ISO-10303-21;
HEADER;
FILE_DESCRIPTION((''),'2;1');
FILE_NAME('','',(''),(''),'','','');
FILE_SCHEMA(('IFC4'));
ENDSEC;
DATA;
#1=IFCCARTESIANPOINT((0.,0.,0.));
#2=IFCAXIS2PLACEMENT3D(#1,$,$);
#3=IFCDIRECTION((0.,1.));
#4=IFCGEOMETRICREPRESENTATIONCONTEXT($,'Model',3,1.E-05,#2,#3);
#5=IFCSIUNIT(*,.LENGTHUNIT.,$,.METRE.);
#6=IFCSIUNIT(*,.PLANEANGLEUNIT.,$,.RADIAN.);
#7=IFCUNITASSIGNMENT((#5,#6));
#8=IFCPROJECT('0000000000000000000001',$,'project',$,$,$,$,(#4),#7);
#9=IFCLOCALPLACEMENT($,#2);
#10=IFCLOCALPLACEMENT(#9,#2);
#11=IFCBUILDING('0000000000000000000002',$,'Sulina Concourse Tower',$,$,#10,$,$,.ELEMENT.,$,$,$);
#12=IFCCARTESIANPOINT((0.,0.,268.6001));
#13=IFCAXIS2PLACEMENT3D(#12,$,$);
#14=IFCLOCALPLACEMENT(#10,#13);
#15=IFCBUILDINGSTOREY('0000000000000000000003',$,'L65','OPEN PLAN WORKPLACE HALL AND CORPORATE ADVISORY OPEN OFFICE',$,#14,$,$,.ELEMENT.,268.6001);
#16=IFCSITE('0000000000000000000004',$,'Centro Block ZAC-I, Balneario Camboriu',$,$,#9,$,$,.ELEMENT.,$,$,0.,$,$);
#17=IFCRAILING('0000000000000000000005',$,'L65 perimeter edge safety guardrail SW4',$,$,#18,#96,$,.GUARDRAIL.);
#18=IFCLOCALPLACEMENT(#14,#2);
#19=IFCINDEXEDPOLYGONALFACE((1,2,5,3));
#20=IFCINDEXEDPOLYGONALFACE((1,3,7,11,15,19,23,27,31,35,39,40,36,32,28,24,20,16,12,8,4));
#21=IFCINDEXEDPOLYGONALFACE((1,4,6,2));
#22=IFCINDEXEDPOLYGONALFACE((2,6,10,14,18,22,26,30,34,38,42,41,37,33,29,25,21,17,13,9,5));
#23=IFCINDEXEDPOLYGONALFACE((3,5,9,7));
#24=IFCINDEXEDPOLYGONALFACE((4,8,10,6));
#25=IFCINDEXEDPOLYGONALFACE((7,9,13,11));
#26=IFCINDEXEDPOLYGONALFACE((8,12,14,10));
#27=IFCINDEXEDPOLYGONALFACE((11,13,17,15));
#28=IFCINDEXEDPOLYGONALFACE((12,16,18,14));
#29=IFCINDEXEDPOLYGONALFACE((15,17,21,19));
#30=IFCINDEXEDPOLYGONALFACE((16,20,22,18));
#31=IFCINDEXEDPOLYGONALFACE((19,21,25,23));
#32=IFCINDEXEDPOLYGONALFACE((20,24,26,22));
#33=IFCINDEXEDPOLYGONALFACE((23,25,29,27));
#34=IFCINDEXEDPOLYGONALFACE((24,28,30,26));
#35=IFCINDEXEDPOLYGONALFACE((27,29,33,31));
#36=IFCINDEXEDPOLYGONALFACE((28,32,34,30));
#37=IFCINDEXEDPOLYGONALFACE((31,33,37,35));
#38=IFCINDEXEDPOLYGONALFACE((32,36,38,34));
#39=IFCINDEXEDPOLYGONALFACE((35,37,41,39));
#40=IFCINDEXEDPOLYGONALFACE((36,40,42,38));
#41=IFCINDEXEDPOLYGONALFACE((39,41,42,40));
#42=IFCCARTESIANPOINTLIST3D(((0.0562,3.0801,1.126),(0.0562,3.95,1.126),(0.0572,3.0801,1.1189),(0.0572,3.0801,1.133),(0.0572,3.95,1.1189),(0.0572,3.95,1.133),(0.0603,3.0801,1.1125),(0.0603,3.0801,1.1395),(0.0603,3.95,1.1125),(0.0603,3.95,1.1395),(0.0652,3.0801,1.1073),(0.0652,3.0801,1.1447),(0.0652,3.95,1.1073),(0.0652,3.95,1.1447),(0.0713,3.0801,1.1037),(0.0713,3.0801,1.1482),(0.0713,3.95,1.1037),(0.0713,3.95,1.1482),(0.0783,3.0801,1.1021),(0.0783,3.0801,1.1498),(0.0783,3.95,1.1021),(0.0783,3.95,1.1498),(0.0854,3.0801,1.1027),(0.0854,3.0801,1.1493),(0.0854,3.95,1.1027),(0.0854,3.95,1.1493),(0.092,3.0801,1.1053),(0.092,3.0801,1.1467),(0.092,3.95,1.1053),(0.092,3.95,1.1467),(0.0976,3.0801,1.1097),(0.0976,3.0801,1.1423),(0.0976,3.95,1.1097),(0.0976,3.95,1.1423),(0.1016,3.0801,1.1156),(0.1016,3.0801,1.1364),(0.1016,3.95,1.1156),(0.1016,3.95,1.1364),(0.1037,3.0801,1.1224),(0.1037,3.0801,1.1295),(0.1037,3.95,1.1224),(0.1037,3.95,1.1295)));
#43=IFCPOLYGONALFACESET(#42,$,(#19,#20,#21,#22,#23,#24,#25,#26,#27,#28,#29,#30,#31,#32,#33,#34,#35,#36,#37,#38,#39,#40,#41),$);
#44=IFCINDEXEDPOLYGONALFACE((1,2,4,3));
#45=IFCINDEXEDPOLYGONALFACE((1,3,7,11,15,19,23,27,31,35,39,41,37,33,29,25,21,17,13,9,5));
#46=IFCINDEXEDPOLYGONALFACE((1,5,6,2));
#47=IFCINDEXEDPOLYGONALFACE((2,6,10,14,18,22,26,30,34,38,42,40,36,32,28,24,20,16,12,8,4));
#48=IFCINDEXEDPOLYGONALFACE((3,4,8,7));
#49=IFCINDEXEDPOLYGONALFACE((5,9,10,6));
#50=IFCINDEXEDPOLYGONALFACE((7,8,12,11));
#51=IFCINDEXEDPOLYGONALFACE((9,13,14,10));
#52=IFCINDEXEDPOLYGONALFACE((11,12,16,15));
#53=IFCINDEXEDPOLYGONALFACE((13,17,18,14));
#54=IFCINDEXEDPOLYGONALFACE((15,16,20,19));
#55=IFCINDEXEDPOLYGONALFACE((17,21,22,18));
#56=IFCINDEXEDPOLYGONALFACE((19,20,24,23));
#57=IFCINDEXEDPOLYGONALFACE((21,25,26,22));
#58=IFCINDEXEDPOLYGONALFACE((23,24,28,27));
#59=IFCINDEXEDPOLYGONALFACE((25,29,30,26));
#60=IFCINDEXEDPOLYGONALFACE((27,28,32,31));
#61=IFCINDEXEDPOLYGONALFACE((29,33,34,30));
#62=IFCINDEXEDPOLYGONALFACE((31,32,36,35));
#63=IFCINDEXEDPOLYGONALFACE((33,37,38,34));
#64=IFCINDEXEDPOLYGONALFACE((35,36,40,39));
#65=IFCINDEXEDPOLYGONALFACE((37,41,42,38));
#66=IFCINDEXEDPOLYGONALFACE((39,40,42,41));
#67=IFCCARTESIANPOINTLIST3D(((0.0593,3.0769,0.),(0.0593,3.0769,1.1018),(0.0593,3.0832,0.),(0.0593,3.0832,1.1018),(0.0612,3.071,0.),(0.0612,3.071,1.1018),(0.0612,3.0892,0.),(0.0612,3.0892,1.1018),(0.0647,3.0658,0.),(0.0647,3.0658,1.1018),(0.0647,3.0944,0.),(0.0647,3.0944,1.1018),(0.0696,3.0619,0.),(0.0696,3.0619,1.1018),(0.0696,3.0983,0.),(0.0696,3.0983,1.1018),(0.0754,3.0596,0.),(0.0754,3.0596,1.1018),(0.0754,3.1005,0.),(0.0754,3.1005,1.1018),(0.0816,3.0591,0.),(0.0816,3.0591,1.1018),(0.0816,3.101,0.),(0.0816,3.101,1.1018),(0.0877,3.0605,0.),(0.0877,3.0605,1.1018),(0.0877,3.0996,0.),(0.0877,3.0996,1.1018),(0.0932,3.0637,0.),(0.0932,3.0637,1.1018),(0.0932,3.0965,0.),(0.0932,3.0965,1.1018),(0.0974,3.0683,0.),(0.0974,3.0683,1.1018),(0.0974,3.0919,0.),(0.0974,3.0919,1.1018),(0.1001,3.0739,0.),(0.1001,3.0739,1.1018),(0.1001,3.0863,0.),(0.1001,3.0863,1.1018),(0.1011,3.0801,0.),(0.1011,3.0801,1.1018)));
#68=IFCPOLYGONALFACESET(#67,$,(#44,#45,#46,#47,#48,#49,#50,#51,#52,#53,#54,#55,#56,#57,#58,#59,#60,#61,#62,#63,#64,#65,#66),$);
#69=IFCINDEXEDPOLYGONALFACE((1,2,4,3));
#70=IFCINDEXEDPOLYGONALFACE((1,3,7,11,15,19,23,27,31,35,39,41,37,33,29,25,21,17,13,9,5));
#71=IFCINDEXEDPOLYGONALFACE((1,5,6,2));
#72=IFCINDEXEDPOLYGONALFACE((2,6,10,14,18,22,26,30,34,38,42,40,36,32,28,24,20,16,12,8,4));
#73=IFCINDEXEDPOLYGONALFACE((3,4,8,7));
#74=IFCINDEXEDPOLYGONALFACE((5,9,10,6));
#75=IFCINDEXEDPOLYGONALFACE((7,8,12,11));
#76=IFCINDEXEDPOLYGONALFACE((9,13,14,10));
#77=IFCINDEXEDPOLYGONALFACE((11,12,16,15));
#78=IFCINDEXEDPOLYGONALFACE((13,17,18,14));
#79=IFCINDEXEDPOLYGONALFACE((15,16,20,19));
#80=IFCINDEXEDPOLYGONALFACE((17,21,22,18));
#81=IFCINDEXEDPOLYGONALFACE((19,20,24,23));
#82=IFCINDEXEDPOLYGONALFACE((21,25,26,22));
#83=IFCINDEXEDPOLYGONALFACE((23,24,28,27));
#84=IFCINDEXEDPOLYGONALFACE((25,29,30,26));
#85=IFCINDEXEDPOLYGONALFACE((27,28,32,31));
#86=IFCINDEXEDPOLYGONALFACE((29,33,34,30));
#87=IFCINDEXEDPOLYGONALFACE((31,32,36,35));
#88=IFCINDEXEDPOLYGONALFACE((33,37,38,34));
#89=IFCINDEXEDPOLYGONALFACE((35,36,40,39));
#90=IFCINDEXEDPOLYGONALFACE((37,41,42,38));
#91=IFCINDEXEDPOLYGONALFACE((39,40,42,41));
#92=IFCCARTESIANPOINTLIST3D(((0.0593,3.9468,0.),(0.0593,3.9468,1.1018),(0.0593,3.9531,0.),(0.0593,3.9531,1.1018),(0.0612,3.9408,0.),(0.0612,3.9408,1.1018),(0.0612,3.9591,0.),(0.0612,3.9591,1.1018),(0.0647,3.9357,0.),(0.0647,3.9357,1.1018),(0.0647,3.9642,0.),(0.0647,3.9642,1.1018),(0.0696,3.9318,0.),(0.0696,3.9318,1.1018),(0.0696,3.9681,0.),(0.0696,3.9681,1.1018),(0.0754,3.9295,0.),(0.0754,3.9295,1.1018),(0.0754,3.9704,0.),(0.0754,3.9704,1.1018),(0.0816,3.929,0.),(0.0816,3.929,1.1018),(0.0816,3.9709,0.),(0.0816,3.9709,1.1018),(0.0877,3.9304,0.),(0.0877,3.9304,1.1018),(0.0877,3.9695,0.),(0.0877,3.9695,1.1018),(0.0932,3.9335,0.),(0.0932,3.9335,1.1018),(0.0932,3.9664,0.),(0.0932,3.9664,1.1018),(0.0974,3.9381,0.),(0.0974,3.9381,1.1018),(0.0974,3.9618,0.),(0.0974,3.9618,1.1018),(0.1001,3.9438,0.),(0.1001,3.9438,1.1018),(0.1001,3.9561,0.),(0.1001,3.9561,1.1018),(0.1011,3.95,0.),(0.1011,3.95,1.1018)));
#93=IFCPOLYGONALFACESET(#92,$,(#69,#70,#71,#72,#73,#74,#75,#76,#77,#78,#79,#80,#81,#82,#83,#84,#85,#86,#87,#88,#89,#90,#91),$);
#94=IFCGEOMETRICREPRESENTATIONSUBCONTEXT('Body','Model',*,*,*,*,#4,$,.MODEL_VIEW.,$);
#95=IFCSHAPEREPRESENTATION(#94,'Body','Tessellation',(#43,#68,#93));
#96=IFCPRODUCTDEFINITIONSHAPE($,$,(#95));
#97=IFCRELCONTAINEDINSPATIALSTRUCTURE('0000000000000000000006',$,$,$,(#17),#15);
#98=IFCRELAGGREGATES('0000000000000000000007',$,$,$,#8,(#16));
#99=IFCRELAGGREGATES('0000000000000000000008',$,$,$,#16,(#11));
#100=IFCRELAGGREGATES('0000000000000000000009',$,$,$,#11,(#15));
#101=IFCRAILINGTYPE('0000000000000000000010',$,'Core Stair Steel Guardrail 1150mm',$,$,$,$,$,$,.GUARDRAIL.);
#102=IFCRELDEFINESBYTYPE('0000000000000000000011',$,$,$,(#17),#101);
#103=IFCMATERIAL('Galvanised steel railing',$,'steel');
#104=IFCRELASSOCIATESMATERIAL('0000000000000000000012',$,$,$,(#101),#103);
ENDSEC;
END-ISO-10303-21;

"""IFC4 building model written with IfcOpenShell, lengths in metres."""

from ifc_helpers import new_model, si_unit, direction, frame, origin, origin_2d, place, context, subcontext, project, spatial, circle, extrude, material, type_object, element, save


model = new_model("IFC4")

# Units and contexts
model_context = context("Model", 3, precision=1e-05, world=origin(), true_north=direction((0.0, 1.0)))
body_context = subcontext(model_context, "Body", "Model", "MODEL_VIEW")
ifc_project = project(units=[si_unit("LENGTHUNIT", "METRE"), si_unit("PLANEANGLEUNIT", "RADIAN")], contexts=[model_context])

# Site, building, storey
site_placement = place(None, origin())
site = spatial("IfcSite", under=ifc_project, at=site_placement, Name="Centro Block ZAC-I, Balneario Camboriu", CompositionType="ELEMENT", RefElevation=0.0)
building_placement = place(site_placement, origin())
building = spatial("IfcBuilding", under=site, at=building_placement, Name="Sulina Concourse Tower", CompositionType="ELEMENT")
storey_placement = place(building_placement, frame((0.0, 0.0, 268.6001)))
storey = spatial("IfcBuildingStorey", under=building, at=storey_placement, Name="L65", Description="OPEN PLAN WORKPLACE HALL AND CORPORATE ADVISORY OPEN OFFICE", CompositionType="ELEMENT", Elevation=268.6001)

# Railing
ifc_material_1 = material(Name="Galvanised steel railing", Category="steel")
railing_type = type_object("IfcRailingType", Name="Core Stair Steel Guardrail 1150mm", PredefinedType="GUARDRAIL", material=ifc_material_1)
railing_1_placement = place(storey_placement, frame((0.0801, 3.0801, 0.0)))
element("IfcRailing", 1, at=railing_1_placement, inside=storey, type_object=railing_type, Name="L65 perimeter edge safety guardrail SW4", PredefinedType="GUARDRAIL", context=body_context, shape_type="SweptSolid", body=[
    extrude(circle(Radius=0.0239, at=origin_2d()), frame((0.0, 0.0, 1.126), z_axis=(0.0, 1.0, 0.0), x_axis=(-1.0, 0.0, 0.0)), (0.0, 0.0, 1.0), 0.8699),
    extrude(circle(Radius=0.021, at=origin_2d()), origin(), (0.0, 0.0, 1.0), 1.1018),
    extrude(circle(Radius=0.021, at=origin_2d()), frame((0.0, 0.8699, 0.0)), (0.0, 0.0, 1.0), 1.1018),
])

save(model, "model.ifc")
